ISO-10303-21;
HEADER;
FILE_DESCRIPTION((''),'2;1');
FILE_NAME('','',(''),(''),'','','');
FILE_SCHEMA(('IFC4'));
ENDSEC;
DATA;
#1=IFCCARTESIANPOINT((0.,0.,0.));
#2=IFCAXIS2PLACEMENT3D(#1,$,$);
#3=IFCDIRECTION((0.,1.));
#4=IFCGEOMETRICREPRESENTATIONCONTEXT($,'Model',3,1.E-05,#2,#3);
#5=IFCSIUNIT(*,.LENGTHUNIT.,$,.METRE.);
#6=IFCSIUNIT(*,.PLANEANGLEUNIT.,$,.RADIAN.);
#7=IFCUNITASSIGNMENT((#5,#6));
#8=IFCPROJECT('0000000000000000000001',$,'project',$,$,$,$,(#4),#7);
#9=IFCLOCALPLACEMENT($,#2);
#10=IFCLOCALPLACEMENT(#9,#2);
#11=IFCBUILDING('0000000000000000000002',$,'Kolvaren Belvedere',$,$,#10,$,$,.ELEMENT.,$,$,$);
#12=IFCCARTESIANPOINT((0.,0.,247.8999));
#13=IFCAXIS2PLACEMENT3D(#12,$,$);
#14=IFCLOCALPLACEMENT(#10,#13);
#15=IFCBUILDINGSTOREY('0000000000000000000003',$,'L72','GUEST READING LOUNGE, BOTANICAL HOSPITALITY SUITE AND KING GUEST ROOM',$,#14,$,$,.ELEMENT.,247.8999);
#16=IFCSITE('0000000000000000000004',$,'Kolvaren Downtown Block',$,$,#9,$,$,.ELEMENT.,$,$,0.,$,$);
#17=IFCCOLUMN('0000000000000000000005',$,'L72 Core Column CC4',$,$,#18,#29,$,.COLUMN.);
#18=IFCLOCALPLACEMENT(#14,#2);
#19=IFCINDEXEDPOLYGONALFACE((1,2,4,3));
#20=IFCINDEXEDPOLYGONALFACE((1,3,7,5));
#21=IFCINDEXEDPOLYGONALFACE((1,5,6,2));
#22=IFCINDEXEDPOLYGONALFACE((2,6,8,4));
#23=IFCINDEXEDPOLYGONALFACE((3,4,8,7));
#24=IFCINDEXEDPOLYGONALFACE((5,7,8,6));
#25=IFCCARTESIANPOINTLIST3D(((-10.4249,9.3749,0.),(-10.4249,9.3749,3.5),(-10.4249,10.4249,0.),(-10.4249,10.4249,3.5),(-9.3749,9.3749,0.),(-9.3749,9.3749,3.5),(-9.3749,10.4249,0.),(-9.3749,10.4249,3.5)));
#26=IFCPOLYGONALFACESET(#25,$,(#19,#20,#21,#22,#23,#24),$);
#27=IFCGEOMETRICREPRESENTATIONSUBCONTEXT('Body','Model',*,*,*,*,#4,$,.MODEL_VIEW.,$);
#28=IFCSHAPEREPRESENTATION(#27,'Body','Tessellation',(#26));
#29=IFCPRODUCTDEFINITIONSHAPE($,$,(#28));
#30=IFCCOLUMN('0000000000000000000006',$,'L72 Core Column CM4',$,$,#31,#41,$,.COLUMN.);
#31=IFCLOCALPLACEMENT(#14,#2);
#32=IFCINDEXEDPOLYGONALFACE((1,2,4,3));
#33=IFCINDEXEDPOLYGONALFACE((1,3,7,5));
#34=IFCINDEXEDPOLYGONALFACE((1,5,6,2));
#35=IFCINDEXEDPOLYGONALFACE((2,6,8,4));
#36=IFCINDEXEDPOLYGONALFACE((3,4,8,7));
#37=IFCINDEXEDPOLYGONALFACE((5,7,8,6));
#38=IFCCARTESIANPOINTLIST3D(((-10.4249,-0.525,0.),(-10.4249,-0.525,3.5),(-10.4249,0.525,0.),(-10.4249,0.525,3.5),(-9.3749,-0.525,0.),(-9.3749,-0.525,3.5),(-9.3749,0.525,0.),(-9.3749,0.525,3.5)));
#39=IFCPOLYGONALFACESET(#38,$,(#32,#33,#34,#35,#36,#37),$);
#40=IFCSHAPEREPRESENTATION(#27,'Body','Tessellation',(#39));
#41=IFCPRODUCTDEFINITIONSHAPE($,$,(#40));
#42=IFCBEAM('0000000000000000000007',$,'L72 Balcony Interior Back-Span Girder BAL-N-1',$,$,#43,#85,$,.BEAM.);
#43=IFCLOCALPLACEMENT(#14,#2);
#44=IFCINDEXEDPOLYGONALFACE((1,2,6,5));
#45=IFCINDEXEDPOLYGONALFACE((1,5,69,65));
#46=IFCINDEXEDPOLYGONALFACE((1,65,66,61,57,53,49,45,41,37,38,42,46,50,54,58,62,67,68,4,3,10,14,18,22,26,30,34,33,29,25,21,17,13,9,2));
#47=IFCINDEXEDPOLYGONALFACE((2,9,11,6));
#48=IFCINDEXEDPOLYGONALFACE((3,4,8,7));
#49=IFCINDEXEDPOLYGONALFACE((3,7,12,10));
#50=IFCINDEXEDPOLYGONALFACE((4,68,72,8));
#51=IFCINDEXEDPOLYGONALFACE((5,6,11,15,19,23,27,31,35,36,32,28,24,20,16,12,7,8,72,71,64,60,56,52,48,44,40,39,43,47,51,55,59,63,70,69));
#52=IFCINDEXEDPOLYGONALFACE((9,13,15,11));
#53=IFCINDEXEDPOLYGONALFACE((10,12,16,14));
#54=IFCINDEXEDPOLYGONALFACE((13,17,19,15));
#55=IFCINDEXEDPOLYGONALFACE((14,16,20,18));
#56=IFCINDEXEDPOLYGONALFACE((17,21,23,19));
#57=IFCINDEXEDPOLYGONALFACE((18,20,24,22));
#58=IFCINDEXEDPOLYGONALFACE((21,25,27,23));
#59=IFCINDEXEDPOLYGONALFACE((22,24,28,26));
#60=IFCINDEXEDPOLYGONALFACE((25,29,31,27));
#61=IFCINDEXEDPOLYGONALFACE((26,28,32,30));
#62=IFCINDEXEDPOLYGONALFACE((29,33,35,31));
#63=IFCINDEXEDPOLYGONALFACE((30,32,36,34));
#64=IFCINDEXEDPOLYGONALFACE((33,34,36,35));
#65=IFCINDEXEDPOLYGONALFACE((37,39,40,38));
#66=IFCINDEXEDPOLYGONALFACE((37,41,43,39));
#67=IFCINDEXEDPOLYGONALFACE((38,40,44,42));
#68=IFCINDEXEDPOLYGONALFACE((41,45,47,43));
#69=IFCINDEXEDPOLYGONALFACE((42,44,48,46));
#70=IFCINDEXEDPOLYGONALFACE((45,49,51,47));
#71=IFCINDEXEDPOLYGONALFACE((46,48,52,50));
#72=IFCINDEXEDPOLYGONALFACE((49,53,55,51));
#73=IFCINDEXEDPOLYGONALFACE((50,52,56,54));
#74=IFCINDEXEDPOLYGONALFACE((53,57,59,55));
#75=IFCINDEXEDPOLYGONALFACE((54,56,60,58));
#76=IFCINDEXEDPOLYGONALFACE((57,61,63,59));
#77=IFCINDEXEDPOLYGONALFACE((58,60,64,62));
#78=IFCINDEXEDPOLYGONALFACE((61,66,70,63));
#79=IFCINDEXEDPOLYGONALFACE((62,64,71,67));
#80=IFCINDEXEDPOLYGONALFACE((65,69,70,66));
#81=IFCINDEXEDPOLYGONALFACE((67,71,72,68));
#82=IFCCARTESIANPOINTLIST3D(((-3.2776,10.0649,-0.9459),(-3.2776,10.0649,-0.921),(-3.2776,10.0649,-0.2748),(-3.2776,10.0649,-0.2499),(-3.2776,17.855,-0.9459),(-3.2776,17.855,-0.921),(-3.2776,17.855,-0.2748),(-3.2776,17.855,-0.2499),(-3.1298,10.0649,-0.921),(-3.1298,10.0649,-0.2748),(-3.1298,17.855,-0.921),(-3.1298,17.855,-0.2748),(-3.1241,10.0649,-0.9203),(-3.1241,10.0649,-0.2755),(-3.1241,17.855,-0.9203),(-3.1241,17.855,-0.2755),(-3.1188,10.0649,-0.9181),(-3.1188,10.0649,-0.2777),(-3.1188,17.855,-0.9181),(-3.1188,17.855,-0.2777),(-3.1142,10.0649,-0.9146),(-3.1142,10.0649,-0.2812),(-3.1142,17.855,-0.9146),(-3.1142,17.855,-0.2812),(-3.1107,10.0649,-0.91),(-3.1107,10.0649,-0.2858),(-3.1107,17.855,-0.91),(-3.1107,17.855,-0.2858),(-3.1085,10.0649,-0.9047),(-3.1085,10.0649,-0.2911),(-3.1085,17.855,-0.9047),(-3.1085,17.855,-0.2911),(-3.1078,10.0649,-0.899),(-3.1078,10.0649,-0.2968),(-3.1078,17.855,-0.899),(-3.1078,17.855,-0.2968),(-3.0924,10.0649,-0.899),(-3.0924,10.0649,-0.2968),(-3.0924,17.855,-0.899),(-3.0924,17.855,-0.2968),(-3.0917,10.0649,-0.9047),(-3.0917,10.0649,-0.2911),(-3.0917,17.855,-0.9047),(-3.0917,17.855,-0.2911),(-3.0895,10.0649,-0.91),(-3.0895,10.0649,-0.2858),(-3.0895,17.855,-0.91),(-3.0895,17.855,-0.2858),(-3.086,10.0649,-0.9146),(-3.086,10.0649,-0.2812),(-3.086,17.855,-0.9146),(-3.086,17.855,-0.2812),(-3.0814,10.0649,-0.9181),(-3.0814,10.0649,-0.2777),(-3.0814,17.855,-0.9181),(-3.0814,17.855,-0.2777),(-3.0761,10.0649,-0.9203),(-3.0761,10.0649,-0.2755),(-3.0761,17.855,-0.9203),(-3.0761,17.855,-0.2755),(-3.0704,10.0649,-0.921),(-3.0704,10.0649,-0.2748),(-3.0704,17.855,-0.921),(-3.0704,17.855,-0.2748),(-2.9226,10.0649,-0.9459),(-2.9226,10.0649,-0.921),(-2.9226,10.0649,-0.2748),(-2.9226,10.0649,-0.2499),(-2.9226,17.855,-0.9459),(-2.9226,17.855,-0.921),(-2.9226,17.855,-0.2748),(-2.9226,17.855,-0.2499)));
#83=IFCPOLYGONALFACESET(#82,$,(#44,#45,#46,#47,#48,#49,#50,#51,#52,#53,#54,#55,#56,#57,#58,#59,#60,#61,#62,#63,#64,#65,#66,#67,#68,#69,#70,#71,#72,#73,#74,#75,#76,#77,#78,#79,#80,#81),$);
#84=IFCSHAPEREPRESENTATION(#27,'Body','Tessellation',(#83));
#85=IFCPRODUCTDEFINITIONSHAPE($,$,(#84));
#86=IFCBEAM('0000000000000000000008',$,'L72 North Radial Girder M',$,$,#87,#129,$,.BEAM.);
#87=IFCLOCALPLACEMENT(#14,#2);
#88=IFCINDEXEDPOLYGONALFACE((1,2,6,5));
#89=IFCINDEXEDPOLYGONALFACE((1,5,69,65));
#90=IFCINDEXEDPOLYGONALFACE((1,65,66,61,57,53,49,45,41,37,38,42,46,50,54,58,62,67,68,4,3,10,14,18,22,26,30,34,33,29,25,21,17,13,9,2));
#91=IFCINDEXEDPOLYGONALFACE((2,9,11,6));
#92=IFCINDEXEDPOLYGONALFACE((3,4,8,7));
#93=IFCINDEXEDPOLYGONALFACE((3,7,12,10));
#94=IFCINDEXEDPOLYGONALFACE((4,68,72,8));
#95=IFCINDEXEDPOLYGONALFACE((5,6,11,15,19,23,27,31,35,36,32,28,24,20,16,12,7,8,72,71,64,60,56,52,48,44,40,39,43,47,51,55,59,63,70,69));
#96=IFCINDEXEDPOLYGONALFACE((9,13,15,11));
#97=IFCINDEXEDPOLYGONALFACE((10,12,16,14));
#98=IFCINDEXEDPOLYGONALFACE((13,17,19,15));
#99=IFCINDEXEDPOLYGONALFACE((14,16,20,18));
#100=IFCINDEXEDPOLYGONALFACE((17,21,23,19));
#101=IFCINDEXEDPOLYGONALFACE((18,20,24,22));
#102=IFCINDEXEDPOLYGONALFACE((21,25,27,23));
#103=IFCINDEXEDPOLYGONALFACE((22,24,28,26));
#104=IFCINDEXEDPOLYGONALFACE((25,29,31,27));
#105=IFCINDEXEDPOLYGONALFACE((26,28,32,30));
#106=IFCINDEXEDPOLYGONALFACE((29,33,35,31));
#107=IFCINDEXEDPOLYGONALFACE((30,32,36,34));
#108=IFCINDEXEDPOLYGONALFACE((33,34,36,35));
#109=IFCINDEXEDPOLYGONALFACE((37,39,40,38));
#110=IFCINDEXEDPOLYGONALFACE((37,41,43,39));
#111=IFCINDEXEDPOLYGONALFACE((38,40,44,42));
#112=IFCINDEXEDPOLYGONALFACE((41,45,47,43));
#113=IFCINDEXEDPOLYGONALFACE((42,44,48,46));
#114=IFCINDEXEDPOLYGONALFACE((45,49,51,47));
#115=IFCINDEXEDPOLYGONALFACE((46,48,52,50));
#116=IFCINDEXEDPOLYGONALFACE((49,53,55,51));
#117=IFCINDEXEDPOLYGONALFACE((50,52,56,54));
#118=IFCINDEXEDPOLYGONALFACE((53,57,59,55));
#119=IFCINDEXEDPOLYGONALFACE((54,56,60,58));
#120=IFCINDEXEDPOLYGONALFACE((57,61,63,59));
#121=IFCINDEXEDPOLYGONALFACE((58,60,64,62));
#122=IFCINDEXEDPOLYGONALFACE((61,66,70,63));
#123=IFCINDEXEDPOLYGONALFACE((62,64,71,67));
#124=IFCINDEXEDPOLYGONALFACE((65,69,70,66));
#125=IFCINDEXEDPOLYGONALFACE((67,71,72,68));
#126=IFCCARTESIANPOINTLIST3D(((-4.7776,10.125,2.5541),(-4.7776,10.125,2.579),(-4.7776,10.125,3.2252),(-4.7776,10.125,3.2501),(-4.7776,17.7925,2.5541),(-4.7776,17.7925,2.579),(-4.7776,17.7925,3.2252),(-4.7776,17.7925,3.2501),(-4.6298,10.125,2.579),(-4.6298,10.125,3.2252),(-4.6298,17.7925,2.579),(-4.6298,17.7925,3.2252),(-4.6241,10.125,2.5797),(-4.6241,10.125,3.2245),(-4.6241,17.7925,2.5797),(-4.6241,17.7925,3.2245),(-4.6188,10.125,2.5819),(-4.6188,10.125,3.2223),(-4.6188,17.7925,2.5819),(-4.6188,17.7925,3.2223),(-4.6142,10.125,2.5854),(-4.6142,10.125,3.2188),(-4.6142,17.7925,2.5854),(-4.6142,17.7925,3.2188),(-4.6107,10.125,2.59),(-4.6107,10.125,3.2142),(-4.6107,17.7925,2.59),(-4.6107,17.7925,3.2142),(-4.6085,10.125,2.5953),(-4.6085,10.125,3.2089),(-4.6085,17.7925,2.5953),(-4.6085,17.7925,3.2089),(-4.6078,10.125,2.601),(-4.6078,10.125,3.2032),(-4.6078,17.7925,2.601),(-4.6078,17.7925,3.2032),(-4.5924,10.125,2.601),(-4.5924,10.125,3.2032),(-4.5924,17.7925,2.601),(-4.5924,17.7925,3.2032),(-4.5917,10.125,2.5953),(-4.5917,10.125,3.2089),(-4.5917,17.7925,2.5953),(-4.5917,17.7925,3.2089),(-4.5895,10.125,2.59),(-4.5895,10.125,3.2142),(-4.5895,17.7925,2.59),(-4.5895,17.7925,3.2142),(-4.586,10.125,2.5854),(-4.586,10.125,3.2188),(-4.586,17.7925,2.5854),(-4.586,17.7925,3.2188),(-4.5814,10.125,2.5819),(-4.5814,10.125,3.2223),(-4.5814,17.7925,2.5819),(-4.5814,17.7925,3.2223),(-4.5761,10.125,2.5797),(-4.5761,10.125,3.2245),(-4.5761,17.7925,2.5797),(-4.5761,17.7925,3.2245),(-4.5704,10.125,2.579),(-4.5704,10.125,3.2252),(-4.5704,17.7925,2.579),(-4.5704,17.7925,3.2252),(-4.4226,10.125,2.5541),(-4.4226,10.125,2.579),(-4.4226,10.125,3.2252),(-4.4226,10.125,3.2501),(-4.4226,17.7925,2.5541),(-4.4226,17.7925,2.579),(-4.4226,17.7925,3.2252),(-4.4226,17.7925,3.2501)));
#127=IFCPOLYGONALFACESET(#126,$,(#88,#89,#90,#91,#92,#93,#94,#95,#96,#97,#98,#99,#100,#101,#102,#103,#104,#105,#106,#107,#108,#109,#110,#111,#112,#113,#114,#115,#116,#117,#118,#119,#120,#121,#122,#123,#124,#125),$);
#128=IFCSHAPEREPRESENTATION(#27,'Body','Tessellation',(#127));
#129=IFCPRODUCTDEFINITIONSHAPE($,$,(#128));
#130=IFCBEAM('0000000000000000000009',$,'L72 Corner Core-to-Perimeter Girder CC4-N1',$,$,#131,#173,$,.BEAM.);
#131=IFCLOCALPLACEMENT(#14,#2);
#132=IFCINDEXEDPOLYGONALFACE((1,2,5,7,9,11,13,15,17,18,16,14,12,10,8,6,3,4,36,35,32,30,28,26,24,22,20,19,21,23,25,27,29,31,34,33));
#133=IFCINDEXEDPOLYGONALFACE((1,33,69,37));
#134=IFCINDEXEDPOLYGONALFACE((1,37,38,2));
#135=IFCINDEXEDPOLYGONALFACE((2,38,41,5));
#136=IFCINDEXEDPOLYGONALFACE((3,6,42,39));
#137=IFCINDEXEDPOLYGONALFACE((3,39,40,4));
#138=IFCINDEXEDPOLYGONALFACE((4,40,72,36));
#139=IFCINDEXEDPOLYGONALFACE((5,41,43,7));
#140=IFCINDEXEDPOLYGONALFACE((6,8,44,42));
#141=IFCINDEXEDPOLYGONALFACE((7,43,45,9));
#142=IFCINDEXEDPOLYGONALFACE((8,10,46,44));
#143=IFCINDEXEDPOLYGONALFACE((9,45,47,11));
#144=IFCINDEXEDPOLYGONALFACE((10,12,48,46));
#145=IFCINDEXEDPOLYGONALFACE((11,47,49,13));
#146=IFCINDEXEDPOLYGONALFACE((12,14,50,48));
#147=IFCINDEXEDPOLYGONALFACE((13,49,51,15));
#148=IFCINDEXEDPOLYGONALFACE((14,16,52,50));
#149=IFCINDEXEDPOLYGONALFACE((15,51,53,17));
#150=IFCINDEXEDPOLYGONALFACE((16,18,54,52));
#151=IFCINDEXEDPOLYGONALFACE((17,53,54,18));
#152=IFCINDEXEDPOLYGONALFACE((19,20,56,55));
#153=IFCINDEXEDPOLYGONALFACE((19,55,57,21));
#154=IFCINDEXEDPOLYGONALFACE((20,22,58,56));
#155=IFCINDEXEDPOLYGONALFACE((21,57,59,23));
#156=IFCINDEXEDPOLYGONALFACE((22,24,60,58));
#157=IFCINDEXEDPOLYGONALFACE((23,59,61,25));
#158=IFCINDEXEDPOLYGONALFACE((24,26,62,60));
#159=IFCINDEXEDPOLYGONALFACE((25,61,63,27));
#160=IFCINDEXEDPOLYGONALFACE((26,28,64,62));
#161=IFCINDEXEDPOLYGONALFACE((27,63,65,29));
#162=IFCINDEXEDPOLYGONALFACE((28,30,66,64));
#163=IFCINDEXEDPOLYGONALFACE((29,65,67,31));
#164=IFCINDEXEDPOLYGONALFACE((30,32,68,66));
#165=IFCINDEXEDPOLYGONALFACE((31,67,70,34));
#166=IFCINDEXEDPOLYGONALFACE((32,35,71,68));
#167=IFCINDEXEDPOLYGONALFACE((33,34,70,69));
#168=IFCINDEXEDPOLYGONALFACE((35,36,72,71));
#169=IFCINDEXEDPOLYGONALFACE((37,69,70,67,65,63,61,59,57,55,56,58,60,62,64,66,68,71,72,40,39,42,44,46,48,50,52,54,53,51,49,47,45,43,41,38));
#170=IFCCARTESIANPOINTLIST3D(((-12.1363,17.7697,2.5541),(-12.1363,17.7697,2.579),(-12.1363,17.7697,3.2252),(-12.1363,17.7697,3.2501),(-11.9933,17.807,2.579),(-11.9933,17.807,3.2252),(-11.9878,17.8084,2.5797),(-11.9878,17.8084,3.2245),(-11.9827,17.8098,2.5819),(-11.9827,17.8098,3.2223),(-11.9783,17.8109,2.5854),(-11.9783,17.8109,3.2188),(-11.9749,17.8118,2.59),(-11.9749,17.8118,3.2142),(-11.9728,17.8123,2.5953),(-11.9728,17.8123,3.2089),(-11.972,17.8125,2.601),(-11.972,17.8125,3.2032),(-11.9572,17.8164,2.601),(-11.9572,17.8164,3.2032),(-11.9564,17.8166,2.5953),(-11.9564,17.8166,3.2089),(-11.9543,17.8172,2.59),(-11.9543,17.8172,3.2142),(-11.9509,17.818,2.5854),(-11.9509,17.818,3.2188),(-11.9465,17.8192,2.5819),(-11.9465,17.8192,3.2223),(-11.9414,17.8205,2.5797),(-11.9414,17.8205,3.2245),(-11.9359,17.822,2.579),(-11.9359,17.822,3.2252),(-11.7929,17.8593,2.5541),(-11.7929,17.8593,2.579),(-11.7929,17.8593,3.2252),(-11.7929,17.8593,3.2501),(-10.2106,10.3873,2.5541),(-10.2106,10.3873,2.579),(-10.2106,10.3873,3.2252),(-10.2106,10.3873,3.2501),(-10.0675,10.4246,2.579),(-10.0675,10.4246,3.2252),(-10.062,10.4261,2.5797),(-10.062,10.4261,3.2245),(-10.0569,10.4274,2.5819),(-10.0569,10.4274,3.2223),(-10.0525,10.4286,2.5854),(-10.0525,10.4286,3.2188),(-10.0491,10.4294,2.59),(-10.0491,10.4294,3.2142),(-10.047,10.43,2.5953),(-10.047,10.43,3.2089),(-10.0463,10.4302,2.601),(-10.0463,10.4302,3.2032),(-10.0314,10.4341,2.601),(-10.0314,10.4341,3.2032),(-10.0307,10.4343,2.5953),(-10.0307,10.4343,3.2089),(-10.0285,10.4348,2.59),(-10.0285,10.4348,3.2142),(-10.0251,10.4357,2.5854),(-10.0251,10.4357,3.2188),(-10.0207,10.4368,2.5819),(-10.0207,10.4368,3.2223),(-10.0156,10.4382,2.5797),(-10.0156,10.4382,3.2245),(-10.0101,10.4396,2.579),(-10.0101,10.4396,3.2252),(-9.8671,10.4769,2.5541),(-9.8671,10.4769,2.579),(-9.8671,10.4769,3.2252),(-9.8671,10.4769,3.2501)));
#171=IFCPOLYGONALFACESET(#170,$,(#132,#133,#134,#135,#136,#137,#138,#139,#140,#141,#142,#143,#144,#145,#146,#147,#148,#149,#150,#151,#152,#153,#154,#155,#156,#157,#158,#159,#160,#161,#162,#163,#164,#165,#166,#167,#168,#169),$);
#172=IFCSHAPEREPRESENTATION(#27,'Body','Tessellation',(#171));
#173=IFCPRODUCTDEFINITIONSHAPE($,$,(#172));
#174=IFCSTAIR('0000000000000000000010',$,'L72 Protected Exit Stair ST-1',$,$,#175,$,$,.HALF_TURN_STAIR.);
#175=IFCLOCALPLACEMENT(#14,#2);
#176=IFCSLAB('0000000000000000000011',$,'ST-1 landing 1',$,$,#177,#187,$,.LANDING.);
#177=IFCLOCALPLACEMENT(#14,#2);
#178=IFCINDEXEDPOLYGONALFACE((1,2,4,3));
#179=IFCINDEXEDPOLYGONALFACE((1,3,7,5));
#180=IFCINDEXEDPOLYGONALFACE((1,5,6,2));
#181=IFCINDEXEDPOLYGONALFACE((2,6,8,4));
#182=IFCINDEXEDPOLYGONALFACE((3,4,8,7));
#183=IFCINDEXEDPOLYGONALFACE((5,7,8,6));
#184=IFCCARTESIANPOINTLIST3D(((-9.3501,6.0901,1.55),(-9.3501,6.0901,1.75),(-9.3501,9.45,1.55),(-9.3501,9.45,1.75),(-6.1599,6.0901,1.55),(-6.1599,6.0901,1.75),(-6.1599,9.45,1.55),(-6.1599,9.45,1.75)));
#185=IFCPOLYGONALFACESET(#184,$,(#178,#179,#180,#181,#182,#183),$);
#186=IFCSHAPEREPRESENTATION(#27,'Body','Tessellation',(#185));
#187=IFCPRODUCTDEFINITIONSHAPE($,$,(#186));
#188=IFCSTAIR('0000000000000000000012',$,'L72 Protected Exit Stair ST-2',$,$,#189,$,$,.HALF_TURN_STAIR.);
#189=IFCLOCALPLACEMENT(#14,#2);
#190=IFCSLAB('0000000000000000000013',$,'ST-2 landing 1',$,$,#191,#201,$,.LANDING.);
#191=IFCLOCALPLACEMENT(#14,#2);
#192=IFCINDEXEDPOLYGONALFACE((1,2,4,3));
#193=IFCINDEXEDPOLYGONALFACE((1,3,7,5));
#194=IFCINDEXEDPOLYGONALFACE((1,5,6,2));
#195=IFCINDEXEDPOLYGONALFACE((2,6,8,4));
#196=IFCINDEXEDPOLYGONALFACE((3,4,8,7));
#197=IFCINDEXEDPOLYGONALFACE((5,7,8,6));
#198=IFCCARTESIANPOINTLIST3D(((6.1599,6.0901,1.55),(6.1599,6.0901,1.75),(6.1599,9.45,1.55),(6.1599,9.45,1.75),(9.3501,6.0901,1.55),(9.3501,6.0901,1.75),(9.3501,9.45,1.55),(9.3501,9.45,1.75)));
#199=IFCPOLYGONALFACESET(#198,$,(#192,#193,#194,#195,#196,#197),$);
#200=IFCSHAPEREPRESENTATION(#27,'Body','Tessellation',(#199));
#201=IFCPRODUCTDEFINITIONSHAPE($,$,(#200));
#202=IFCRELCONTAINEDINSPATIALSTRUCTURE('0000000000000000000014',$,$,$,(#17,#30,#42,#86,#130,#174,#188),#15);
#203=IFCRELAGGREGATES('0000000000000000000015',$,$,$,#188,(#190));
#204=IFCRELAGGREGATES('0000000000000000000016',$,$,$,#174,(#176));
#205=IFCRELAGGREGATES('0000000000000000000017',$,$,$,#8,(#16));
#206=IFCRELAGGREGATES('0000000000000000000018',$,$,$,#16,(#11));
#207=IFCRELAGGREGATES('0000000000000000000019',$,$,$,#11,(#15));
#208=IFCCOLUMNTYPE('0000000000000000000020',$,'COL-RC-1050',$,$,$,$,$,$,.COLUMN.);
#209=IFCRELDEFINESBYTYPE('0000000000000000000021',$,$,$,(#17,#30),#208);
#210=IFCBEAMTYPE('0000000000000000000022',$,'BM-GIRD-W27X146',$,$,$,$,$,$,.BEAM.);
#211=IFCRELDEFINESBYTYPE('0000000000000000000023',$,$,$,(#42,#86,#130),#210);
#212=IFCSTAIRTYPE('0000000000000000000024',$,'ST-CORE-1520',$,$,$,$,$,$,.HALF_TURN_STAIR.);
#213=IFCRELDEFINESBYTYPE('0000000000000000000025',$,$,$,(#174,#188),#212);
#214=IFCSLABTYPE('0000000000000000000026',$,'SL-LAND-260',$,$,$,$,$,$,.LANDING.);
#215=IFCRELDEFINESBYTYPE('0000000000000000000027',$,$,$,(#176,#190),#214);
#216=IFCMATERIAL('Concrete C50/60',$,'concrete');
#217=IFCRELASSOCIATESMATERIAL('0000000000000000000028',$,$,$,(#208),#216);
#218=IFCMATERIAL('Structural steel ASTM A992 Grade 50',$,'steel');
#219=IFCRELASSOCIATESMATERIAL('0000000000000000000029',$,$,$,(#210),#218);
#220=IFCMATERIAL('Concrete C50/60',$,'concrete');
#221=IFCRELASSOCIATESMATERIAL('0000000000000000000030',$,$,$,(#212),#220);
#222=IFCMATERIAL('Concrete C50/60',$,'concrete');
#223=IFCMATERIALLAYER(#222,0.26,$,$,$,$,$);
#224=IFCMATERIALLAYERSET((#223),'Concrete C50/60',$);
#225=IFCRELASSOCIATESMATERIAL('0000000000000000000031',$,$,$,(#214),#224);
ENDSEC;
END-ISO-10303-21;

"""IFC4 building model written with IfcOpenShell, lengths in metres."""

from ifc_helpers import new_model, si_unit, direction, frame, origin, origin_2d, place, context, subcontext, project, spatial, polyline, rectangle, i_section, outline, extrude, material, layer, layer_set, material_profile, profile_set, type_object, element, aggregate, save


model = new_model("IFC4")

# Units and contexts
model_context = context("Model", 3, precision=1e-05, world=origin(), true_north=direction((0.0, 1.0)))
body_context = subcontext(model_context, "Body", "Model", "MODEL_VIEW")
ifc_project = project(units=[si_unit("LENGTHUNIT", "METRE"), si_unit("PLANEANGLEUNIT", "RADIAN")], contexts=[model_context])

# Site, building, storey
site_placement = place(None, origin())
site = spatial("IfcSite", under=ifc_project, at=site_placement, Name="Kolvaren Downtown Block", CompositionType="ELEMENT", RefElevation=0.0)
building_placement = place(site_placement, origin())
building = spatial("IfcBuilding", under=site, at=building_placement, Name="Kolvaren Belvedere", CompositionType="ELEMENT")
storey_placement = place(building_placement, frame((0.0, 0.0, 247.8999)))
storey = spatial("IfcBuildingStorey", under=building, at=storey_placement, Name="L72", Description="GUEST READING LOUNGE, BOTANICAL HOSPITALITY SUITE AND KING GUEST ROOM", CompositionType="ELEMENT", Elevation=247.8999)

# Columns
ifc_material_1 = material(Name="Concrete C50/60", Category="concrete")
ifc_material_profile_1 = material_profile(ifc_material_1, rectangle(XDim=1.05, YDim=1.05, at=origin_2d()), Name="RC 1050X1050")
ifc_profile_set_1 = profile_set([ifc_material_profile_1], Name="Concrete C50/60")
column_type = type_object("IfcColumnType", Name="COL-RC-1050", PredefinedType="COLUMN", material=ifc_profile_set_1)
for number, where, z_axis, x_axis, name in (
    (1, (-9.8999, 9.8999, 0.0), (0.0, 0.0, 1.0), (1.0, 0.0, 0.0), "L72 Core Column CC4"),
    (2, (-9.8999, 0.0, 0.0), (0.0, 0.0, 1.0), (1.0, 0.0, 0.0), "L72 Core Column CM4"),
):
    element("IfcColumn", number, at=place(storey_placement, frame(where, z_axis=z_axis, x_axis=x_axis)), inside=storey, type_object=column_type, Name=name, PredefinedType="COLUMN", context=body_context, shape_type="SweptSolid", body=[
        extrude(rectangle(XDim=1.05, YDim=1.05, at=origin_2d()), origin(), (0.0, 0.0, 1.0), 3.5),
    ])

# Beams
ifc_material_2 = material(Name="Structural steel ASTM A992 Grade 50", Category="steel")
ifc_material_profile_2 = material_profile(ifc_material_2, i_section(OverallWidth=0.355, OverallDepth=0.696, WebThickness=0.0154, FlangeThickness=0.0249, FilletRadius=0.022, at=origin_2d()), Name="W27X146")
ifc_profile_set_2 = profile_set([ifc_material_profile_2], Name="Structural steel ASTM A992 Grade 50")
beam_type = type_object("IfcBeamType", Name="BM-GIRD-W27X146", PredefinedType="BEAM", material=ifc_profile_set_2)
beam_1_placement = place(storey_placement, frame((-3.1001, 10.0649, -0.5979), z_axis=(0.0, 1.0, 0.0), x_axis=(-1.0, 0.0, 0.0)))
element("IfcBeam", 3, at=beam_1_placement, inside=storey, type_object=beam_type, Name="L72 Balcony Interior Back-Span Girder BAL-N-1", PredefinedType="BEAM", context=body_context, shape_type="SweptSolid", body=[
    extrude(i_section(OverallWidth=0.355, OverallDepth=0.696, WebThickness=0.0154, FlangeThickness=0.0249, FilletRadius=0.022, at=origin_2d()), origin(), (0.0, 0.0, 1.0), 7.79),
])
beam_2_placement = place(storey_placement, frame((-4.6001, 10.125, 2.9021), z_axis=(0.0, 1.0, 0.0), x_axis=(-1.0, 0.0, 0.0)))
element("IfcBeam", 4, at=beam_2_placement, inside=storey, type_object=beam_type, Name="L72 North Radial Girder M", PredefinedType="BEAM", context=body_context, shape_type="SweptSolid", body=[
    extrude(i_section(OverallWidth=0.355, OverallDepth=0.696, WebThickness=0.0154, FlangeThickness=0.0249, FilletRadius=0.022, at=origin_2d()), origin(), (0.0, 0.0, 1.0), 7.6675),
])
beam_3_placement = place(storey_placement, frame((-10.0388, 10.4321, 2.9021), z_axis=(-0.252417, 0.967619, 0.0), x_axis=(-0.967619, -0.252417, 0.0)))
element("IfcBeam", 5, at=beam_3_placement, inside=storey, type_object=beam_type, Name="L72 Corner Core-to-Perimeter Girder CC4-N1", PredefinedType="BEAM", context=body_context, shape_type="SweptSolid", body=[
    extrude(i_section(OverallWidth=0.355, OverallDepth=0.696, WebThickness=0.0154, FlangeThickness=0.0249, FilletRadius=0.022, at=origin_2d()), origin(), (0.0, 0.0, 1.0), 7.6294),
])

# Stairs, slabs
ifc_material_3 = material(Name="Concrete C50/60", Category="concrete")
stair_type = type_object("IfcStairType", Name="ST-CORE-1520", PredefinedType="HALF_TURN_STAIR", material=ifc_material_3)
stair_1_placement = place(storey_placement, origin())
stair_1 = element("IfcStair", 6, at=stair_1_placement, inside=storey, type_object=stair_type, Name="L72 Protected Exit Stair ST-1", PredefinedType="HALF_TURN_STAIR")
ifc_material_4 = material(Name="Concrete C50/60", Category="concrete")
ifc_layer_1 = layer(ifc_material_4, 0.26)
ifc_layer_set_1 = layer_set([ifc_layer_1], Name="Concrete C50/60")
slab_type = type_object("IfcSlabType", Name="SL-LAND-260", PredefinedType="LANDING", material=ifc_layer_set_1)
slab_1_placement = place(storey_placement, frame((0.0, 0.0, 1.55)))
slab_1 = element("IfcSlab", 7, at=slab_1_placement, type_object=slab_type, Name="ST-1 landing 1", PredefinedType="LANDING", context=body_context, shape_type="SweptSolid", body=[
    extrude(outline(polyline([(-6.1599, 6.0901), (-6.1599, 9.45), (-9.3501, 9.45), (-9.3501, 6.0901), (-6.1599, 6.0901)])), origin(), (0.0, 0.0, 1.0), 0.2),
])
stair_2_placement = place(storey_placement, origin())
stair_2 = element("IfcStair", 8, at=stair_2_placement, inside=storey, type_object=stair_type, Name="L72 Protected Exit Stair ST-2", PredefinedType="HALF_TURN_STAIR")
slab_2_placement = place(storey_placement, frame((0.0, 0.0, 1.55)))
slab_2 = element("IfcSlab", 9, at=slab_2_placement, type_object=slab_type, Name="ST-2 landing 1", PredefinedType="LANDING", context=body_context, shape_type="SweptSolid", body=[
    extrude(outline(polyline([(9.3501, 6.0901), (9.3501, 9.45), (6.1599, 9.45), (6.1599, 6.0901), (9.3501, 6.0901)])), origin(), (0.0, 0.0, 1.0), 0.2),
])
aggregate(stair_2, [slab_2])

aggregate(stair_1, [slab_1])

save(model, "model.ifc")
